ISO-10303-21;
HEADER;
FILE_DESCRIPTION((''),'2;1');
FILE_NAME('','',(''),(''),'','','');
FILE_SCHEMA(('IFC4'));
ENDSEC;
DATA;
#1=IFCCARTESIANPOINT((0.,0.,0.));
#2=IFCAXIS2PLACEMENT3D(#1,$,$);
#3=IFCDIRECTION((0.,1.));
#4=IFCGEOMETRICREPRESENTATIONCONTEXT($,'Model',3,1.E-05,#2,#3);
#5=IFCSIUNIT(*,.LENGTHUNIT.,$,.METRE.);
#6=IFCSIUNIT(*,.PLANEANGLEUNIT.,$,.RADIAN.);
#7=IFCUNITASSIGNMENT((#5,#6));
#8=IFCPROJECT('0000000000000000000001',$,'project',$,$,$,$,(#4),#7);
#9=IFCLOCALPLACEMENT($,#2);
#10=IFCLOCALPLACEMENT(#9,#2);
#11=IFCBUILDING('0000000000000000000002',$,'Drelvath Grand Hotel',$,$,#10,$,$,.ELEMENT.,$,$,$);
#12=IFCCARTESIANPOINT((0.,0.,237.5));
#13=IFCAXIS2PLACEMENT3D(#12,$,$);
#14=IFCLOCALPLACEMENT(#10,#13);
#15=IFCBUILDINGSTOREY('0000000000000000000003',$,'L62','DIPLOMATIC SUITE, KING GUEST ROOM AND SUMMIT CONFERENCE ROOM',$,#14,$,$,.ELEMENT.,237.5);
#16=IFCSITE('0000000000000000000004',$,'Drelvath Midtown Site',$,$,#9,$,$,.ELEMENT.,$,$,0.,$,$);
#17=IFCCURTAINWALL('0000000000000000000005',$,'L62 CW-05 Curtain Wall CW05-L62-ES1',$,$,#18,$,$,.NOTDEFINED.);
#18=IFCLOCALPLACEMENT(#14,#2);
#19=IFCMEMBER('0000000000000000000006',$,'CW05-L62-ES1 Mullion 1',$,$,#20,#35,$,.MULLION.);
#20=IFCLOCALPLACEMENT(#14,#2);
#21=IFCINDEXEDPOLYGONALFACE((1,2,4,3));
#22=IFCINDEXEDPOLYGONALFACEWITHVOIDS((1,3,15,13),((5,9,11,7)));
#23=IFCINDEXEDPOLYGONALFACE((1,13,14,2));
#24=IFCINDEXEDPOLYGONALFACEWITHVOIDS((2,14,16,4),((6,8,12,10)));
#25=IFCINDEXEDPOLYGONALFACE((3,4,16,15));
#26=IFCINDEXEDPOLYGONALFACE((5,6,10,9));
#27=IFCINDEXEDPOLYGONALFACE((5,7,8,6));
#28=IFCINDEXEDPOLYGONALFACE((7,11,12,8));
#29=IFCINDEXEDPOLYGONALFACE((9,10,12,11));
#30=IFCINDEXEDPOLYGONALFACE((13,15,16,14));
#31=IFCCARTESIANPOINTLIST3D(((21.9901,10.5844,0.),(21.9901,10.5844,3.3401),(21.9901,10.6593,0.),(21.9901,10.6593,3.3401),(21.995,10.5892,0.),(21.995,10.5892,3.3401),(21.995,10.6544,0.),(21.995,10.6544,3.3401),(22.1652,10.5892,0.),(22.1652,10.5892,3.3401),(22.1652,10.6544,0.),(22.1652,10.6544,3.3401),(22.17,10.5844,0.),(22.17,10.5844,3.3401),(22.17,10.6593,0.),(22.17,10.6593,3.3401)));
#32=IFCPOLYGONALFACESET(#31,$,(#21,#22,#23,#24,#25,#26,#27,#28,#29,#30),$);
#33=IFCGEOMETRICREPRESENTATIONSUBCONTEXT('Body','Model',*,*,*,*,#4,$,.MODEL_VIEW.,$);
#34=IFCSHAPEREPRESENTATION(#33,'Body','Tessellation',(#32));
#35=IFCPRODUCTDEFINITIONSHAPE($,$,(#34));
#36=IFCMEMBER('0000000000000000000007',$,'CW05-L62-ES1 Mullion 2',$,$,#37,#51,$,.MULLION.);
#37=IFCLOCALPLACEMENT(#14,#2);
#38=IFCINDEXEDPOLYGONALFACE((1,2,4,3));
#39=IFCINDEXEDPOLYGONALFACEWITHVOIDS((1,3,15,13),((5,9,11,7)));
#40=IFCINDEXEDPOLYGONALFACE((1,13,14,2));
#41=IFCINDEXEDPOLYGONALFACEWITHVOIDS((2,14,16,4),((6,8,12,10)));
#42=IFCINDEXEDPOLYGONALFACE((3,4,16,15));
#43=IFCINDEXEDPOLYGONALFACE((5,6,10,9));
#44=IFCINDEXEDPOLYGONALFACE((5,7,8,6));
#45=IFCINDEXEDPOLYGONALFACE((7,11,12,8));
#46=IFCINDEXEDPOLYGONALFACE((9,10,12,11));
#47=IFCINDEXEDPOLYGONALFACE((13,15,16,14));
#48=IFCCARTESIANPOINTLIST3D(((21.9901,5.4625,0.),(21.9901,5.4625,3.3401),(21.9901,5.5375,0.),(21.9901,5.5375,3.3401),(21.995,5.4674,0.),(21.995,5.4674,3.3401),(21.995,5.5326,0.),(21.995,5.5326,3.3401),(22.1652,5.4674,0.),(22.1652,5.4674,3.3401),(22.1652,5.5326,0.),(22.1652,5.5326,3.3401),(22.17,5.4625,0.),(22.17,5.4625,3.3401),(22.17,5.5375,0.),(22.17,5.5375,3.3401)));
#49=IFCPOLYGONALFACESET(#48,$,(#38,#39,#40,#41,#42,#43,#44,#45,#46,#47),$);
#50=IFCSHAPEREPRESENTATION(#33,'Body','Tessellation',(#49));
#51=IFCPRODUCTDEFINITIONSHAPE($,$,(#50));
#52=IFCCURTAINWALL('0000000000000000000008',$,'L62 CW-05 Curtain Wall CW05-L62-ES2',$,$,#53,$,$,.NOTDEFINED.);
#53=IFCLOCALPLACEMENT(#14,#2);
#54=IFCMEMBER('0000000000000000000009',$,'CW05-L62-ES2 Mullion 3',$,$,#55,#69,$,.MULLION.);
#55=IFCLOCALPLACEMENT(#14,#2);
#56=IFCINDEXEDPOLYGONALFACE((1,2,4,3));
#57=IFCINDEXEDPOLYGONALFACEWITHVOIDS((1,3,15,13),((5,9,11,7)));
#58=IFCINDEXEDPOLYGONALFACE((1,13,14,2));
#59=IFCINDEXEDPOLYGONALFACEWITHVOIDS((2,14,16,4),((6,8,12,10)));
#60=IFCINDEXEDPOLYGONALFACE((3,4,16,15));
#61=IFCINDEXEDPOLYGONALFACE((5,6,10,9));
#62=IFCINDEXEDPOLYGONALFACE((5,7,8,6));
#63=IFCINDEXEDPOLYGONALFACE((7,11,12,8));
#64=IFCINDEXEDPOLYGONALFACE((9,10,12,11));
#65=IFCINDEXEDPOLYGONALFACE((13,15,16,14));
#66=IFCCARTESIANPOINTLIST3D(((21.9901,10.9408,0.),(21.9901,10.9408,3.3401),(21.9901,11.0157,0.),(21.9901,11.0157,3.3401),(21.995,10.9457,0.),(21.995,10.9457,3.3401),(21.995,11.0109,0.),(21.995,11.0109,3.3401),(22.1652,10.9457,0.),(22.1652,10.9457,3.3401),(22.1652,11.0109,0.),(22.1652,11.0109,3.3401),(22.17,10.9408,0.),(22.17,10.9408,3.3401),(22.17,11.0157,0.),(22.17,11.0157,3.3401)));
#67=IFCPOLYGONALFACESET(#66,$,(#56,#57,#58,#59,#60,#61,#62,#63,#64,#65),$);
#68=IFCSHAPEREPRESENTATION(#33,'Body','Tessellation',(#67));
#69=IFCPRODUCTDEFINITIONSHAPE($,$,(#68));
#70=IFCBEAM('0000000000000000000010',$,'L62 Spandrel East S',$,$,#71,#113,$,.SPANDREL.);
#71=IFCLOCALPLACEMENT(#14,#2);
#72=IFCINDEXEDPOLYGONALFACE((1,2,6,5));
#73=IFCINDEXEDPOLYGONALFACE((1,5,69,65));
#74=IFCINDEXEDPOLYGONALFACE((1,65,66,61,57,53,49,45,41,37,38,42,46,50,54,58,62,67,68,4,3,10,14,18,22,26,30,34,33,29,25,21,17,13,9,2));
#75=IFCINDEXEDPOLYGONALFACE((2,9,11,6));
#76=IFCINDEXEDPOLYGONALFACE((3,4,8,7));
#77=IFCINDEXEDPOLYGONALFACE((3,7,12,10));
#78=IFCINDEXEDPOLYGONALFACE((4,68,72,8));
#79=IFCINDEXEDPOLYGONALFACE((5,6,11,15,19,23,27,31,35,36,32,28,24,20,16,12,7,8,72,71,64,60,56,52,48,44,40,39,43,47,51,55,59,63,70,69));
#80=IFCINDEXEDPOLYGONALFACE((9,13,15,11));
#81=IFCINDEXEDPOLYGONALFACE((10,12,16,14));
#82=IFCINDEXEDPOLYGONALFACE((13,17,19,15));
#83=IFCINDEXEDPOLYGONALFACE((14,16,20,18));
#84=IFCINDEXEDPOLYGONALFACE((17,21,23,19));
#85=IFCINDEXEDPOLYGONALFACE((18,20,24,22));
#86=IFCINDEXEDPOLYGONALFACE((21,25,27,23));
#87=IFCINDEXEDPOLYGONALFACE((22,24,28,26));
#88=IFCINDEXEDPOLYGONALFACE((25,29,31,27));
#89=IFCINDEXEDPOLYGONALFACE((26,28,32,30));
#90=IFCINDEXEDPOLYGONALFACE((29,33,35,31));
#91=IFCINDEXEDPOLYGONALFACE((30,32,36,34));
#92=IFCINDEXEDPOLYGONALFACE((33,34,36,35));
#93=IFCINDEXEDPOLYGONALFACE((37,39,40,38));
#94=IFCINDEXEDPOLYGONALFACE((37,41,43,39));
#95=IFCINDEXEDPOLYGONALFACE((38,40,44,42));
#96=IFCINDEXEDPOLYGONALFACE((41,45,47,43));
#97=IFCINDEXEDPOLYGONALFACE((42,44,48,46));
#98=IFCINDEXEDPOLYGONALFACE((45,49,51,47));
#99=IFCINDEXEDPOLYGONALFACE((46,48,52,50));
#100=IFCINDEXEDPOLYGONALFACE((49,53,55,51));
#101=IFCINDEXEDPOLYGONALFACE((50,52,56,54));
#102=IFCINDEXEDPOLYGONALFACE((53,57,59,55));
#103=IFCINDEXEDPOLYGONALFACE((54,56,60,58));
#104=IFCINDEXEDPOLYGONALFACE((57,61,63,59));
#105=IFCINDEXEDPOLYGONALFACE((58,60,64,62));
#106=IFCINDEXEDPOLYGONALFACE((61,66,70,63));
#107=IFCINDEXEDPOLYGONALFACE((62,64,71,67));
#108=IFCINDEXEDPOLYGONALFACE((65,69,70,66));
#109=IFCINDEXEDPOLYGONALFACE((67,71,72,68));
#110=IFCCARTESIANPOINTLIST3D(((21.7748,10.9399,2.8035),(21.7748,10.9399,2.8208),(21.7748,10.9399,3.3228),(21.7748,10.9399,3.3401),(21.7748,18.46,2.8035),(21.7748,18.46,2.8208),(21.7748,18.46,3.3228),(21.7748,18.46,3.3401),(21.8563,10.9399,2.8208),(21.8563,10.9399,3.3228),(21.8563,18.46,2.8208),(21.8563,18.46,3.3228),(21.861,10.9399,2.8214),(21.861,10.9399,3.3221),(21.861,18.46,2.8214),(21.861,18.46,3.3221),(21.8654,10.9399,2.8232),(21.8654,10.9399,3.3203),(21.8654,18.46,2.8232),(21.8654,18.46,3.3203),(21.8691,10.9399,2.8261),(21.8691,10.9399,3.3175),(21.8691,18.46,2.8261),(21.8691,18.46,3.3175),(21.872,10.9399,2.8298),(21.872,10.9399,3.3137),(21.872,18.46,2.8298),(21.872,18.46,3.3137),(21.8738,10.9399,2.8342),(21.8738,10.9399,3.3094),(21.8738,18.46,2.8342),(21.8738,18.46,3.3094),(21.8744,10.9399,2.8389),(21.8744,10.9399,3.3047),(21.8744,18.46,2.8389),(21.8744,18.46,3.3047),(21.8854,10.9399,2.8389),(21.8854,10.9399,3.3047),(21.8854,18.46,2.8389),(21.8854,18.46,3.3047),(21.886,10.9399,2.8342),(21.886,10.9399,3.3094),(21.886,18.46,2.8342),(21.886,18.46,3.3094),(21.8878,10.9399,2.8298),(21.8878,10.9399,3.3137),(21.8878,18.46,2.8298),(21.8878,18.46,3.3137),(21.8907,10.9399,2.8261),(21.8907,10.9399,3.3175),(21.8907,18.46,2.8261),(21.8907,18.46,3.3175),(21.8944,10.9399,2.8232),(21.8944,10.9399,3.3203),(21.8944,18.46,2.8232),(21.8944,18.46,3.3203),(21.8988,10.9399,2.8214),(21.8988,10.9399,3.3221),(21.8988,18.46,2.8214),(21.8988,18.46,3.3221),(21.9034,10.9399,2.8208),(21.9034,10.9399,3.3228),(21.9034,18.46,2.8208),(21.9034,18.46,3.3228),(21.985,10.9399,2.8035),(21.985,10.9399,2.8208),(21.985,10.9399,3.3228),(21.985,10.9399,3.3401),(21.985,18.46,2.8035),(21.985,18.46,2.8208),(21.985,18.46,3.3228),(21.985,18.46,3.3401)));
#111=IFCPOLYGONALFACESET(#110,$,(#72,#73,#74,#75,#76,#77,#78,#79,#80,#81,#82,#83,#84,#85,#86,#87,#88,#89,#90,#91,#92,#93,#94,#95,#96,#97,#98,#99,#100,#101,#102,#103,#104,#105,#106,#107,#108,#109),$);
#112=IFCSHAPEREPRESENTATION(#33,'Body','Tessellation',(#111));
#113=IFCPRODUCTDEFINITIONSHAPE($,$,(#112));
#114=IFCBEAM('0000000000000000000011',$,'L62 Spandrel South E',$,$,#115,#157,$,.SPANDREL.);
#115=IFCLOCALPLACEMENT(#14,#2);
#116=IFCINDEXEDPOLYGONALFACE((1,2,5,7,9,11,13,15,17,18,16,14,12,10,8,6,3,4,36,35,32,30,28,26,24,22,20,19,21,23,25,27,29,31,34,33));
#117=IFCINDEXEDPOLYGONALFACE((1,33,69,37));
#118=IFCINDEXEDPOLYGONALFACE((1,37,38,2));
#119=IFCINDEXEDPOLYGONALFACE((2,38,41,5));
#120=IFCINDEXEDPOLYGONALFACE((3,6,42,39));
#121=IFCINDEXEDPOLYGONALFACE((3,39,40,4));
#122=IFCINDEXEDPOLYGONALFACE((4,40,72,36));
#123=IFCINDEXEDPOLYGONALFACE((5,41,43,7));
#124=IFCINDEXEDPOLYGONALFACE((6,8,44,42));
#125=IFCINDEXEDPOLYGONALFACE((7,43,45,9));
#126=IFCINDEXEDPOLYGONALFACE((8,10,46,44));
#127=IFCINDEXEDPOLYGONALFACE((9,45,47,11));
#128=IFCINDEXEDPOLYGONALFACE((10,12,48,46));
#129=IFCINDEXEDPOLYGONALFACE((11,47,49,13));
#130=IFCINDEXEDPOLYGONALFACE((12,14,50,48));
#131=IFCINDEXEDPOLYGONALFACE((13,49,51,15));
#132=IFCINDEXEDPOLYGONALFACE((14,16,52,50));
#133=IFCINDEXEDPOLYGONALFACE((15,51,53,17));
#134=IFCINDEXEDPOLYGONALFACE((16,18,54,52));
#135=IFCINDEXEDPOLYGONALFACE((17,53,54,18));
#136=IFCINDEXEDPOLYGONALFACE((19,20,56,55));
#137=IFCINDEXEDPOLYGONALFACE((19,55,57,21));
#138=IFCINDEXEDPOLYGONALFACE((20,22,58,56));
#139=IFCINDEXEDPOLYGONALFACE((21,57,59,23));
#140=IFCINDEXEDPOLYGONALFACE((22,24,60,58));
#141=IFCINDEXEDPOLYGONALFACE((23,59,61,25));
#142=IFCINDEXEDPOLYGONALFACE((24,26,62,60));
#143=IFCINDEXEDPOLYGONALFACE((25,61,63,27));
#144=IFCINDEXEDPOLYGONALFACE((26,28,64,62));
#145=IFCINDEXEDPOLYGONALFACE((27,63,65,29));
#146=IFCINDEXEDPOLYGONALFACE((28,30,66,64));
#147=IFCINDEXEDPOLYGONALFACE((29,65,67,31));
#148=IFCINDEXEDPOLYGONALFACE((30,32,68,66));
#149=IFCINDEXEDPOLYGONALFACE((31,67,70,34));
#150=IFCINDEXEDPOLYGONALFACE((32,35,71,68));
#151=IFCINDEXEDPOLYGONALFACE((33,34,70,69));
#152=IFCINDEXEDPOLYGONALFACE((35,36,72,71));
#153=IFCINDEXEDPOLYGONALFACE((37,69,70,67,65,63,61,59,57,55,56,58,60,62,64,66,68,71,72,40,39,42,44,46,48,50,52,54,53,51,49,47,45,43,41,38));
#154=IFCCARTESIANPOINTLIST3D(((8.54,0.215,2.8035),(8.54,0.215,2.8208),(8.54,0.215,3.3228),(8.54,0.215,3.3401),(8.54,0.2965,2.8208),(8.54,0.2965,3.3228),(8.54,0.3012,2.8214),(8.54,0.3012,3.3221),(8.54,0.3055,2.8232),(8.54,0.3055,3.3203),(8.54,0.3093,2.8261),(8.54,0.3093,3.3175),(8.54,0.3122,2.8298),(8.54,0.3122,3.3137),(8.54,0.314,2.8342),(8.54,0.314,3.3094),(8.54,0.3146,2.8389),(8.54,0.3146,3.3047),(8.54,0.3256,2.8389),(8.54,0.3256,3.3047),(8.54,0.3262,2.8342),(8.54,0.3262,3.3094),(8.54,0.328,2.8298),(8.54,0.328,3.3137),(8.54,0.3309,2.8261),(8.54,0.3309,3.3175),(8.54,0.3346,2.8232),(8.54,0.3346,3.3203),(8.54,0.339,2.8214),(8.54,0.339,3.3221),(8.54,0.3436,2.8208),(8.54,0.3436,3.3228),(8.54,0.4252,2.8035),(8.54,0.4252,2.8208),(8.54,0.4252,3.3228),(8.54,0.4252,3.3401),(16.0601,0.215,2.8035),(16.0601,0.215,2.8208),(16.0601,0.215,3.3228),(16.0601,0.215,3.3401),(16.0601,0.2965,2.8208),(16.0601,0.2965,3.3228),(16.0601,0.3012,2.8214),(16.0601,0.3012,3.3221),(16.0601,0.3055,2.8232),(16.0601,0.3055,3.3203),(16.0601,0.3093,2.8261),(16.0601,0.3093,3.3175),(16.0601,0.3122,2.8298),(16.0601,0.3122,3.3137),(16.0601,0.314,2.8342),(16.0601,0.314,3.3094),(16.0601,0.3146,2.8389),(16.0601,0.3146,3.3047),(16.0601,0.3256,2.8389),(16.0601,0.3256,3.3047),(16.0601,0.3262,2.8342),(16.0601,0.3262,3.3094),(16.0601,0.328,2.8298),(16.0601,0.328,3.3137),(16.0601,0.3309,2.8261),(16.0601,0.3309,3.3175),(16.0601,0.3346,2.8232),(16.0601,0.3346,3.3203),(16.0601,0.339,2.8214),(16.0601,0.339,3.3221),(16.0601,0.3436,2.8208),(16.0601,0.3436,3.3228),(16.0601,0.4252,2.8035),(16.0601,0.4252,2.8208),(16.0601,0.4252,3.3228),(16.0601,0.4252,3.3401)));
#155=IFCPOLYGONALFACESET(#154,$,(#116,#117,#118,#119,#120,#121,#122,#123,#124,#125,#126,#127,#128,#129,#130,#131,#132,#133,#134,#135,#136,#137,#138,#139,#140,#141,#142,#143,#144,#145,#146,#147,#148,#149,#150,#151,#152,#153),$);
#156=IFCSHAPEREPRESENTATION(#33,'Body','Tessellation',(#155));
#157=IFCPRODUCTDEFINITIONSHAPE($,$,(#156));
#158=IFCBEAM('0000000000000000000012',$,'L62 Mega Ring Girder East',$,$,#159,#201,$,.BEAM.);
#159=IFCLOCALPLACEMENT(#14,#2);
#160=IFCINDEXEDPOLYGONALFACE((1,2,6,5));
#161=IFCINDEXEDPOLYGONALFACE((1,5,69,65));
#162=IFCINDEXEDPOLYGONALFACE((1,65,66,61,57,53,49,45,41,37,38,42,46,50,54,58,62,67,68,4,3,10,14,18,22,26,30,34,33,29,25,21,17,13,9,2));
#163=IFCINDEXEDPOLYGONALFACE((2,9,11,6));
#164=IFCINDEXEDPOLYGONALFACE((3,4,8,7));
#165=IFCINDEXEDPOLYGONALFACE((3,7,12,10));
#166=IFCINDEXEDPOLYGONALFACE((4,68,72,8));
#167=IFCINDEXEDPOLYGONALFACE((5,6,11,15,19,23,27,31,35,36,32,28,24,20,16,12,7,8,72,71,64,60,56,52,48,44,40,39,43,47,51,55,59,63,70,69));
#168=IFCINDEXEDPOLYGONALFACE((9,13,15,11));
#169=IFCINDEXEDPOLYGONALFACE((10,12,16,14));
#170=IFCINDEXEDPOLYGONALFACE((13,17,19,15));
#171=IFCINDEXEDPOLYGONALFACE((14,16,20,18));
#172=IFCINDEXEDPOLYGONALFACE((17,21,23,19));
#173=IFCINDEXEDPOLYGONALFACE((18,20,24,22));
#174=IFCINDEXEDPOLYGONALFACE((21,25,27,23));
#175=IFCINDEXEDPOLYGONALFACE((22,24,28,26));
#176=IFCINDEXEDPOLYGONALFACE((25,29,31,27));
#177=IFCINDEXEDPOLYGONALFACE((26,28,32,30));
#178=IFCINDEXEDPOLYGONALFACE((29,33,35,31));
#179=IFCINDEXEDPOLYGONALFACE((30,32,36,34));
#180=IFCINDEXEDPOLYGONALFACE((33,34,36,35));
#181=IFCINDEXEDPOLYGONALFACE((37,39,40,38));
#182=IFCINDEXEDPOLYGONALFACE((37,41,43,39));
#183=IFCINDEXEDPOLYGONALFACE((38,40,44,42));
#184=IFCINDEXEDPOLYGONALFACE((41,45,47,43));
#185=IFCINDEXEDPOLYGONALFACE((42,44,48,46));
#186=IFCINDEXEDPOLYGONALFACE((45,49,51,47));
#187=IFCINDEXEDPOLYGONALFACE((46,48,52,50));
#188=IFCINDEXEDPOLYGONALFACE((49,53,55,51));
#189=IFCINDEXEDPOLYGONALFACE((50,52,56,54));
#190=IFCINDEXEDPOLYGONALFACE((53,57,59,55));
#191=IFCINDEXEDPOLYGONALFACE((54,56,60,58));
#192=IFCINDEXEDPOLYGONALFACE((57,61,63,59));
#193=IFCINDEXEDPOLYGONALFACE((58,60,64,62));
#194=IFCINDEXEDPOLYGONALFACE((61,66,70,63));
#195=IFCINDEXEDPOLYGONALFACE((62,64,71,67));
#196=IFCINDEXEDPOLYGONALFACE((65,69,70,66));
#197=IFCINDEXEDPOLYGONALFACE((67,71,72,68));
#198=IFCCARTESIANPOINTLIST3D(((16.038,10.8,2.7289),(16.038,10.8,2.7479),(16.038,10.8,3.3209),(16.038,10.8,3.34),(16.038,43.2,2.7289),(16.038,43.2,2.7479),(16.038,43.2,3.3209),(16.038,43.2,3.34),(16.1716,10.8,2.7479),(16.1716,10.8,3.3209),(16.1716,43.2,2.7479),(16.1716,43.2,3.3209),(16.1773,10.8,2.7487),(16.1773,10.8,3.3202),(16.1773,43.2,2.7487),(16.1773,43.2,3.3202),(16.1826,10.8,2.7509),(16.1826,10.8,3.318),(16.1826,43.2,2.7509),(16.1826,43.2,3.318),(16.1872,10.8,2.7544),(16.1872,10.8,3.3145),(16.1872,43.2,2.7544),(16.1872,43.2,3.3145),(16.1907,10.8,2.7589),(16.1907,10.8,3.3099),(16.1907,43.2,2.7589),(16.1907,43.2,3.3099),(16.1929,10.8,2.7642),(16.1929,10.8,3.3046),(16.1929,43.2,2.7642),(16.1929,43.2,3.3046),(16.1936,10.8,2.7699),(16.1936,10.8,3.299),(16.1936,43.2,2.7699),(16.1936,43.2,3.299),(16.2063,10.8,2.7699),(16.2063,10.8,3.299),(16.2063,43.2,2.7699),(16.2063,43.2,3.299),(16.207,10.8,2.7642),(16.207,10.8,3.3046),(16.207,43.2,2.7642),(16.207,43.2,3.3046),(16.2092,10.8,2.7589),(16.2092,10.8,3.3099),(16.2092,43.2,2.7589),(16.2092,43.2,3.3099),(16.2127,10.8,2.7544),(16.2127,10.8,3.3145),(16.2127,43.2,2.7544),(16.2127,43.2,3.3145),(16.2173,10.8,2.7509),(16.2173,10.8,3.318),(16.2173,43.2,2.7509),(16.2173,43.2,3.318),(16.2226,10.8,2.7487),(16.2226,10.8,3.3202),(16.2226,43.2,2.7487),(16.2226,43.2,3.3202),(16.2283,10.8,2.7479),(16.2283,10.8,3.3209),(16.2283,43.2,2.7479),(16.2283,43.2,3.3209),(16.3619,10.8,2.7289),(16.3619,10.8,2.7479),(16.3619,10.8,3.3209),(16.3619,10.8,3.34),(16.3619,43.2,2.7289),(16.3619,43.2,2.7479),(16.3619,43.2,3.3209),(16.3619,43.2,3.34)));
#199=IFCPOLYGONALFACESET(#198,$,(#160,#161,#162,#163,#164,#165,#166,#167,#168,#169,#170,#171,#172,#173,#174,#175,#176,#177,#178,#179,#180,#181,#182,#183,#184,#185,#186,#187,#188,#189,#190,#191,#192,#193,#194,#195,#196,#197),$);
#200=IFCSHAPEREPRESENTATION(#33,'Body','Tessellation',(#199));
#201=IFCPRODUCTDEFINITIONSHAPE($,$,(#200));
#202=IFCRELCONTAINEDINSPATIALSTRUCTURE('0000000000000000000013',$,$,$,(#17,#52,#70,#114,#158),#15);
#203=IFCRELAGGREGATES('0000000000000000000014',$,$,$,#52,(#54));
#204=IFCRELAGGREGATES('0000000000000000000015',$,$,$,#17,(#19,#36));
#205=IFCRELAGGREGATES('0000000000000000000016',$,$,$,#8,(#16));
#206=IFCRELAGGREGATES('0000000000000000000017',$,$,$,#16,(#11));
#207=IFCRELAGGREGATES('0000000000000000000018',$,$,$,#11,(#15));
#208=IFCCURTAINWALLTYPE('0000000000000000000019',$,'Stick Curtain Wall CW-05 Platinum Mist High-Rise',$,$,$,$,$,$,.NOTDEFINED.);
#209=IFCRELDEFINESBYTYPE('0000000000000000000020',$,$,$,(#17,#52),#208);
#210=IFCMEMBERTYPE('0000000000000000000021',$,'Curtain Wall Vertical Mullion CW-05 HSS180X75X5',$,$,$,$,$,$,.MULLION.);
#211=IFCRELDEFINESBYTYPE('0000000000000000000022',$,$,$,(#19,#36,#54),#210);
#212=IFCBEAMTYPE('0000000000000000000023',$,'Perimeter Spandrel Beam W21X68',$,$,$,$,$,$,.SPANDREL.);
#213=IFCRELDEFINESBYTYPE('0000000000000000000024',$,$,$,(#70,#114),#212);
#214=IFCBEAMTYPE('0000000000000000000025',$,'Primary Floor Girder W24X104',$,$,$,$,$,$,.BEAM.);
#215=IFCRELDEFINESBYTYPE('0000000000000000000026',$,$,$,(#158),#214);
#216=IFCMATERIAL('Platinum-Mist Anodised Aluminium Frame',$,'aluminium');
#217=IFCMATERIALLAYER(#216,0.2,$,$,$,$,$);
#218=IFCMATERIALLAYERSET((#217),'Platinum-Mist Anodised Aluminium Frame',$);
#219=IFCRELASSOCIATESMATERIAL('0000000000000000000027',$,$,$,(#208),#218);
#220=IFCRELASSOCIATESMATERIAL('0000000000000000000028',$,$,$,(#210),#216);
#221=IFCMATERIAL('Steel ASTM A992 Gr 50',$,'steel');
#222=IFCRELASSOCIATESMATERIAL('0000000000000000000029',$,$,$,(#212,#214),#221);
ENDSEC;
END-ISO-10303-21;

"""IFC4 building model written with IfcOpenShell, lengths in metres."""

from ifc_helpers import new_model, si_unit, direction, frame, origin, origin_2d, place, context, subcontext, project, spatial, hollow_rectangle, i_section, extrude, material, layer, layer_set, material_profile, profile_set, type_object, element, aggregate, save


model = new_model("IFC4")

# Units and contexts
model_context = context("Model", 3, precision=1e-05, world=origin(), true_north=direction((0.0, 1.0)))
body_context = subcontext(model_context, "Body", "Model", "MODEL_VIEW")
ifc_project = project(units=[si_unit("LENGTHUNIT", "METRE"), si_unit("PLANEANGLEUNIT", "RADIAN")], contexts=[model_context])

# Site, building, storey
site_placement = place(None, origin())
site = spatial("IfcSite", under=ifc_project, at=site_placement, Name="Drelvath Midtown Site", CompositionType="ELEMENT", RefElevation=0.0)
building_placement = place(site_placement, origin())
building = spatial("IfcBuilding", under=site, at=building_placement, Name="Drelvath Grand Hotel", CompositionType="ELEMENT")
storey_placement = place(building_placement, frame((0.0, 0.0, 237.5)))
storey = spatial("IfcBuildingStorey", under=building, at=storey_placement, Name="L62", Description="DIPLOMATIC SUITE, KING GUEST ROOM AND SUMMIT CONFERENCE ROOM", CompositionType="ELEMENT", Elevation=237.5)

# Shared definitions
ifc_material_1 = material(Name="Steel ASTM A992 Gr 50", Category="steel")

# Curtain wall, members
ifc_material_2 = material(Name="Platinum-Mist Anodised Aluminium Frame", Category="aluminium")
ifc_layer_1 = layer(ifc_material_2, 0.2)
ifc_layer_set_1 = layer_set([ifc_layer_1], Name="Platinum-Mist Anodised Aluminium Frame")
curtain_wall_type = type_object("IfcCurtainWallType", Name="Stick Curtain Wall CW-05 Platinum Mist High-Rise", PredefinedType="NOTDEFINED", material=ifc_layer_set_1)
curtain_wall_1_placement = place(storey_placement, origin())
curtain_wall_1 = element("IfcCurtainWall", 1, at=curtain_wall_1_placement, inside=storey, type_object=curtain_wall_type, Name="L62 CW-05 Curtain Wall CW05-L62-ES1", PredefinedType="NOTDEFINED")
ifc_material_profile_1 = material_profile(ifc_material_2, hollow_rectangle(XDim=0.075, YDim=0.1799, WallThickness=0.0049, at=origin_2d()), Name="HSS180X75X5")
ifc_profile_set_1 = profile_set([ifc_material_profile_1], Name="Platinum-Mist Anodised Aluminium Frame")
member_type_1 = type_object("IfcMemberType", Name="Curtain Wall Vertical Mullion CW-05 HSS180X75X5", PredefinedType="MULLION", material=ifc_profile_set_1)
member_1_placement = place(storey_placement, frame((22.0801, 10.6218, 0.0), z_axis=(0.0, 0.0, 1.0), x_axis=(0.0, 1.0, 0.0)))
member_1 = element("IfcMember", 2, at=member_1_placement, type_object=member_type_1, Name="CW05-L62-ES1 Mullion 1", PredefinedType="MULLION", context=body_context, shape_type="SweptSolid", body=[
    extrude(hollow_rectangle(XDim=0.075, YDim=0.1799, WallThickness=0.0049, at=origin_2d()), origin(), (0.0, 0.0, 1.0), 3.3401),
])
member_2_placement = place(storey_placement, frame((22.0801, 5.5, 0.0), z_axis=(0.0, 0.0, 1.0), x_axis=(0.0, 1.0, 0.0)))
member_2 = element("IfcMember", 3, at=member_2_placement, type_object=member_type_1, Name="CW05-L62-ES1 Mullion 2", PredefinedType="MULLION", context=body_context, shape_type="SweptSolid", body=[
    extrude(hollow_rectangle(XDim=0.075, YDim=0.1799, WallThickness=0.0049, at=origin_2d()), origin(), (0.0, 0.0, 1.0), 3.3401),
])

# Curtain wall, member
curtain_wall_2_placement = place(storey_placement, origin())
curtain_wall_2 = element("IfcCurtainWall", 4, at=curtain_wall_2_placement, inside=storey, type_object=curtain_wall_type, Name="L62 CW-05 Curtain Wall CW05-L62-ES2", PredefinedType="NOTDEFINED")
member_3_placement = place(storey_placement, frame((22.0801, 10.9783, 0.0), z_axis=(0.0, 0.0, 1.0), x_axis=(0.0, 1.0, 0.0)))
member_3 = element("IfcMember", 5, at=member_3_placement, type_object=member_type_1, Name="CW05-L62-ES2 Mullion 3", PredefinedType="MULLION", context=body_context, shape_type="SweptSolid", body=[
    extrude(hollow_rectangle(XDim=0.075, YDim=0.1799, WallThickness=0.0049, at=origin_2d()), origin(), (0.0, 0.0, 1.0), 3.3401),
])
aggregate(curtain_wall_2, [member_3])

# Beams
ifc_material_profile_2 = material_profile(ifc_material_1, i_section(OverallWidth=0.2102, OverallDepth=0.5366, WebThickness=0.011, FlangeThickness=0.0173, FilletRadius=0.0181, at=origin_2d()), Name="W21X68")
ifc_profile_set_2 = profile_set([ifc_material_profile_2], Name="Steel ASTM A992 Gr 50")
beam_type_1 = type_object("IfcBeamType", Name="Perimeter Spandrel Beam W21X68", PredefinedType="SPANDREL", material=ifc_profile_set_2)
for number, where, z_axis, x_axis, name in (
    (6, (21.8799, 10.9399, 3.0718), (0.0, 1.0, 0.0), (-1.0, 0.0, 0.0), "L62 Spandrel East S"),
    (7, (8.54, 0.3201, 3.0718), (1.0, 0.0, 0.0), (0.0, 1.0, 0.0), "L62 Spandrel South E"),
):
    element("IfcBeam", number, at=place(storey_placement, frame(where, z_axis=z_axis, x_axis=x_axis)), inside=storey, type_object=beam_type_1, Name=name, PredefinedType="SPANDREL", context=body_context, shape_type="SweptSolid", body=[
        extrude(i_section(OverallWidth=0.2102, OverallDepth=0.5366, WebThickness=0.011, FlangeThickness=0.0173, FilletRadius=0.0181, at=origin_2d()), origin(), (0.0, 0.0, 1.0), 7.52),
    ])
ifc_material_profile_3 = material_profile(ifc_material_1, i_section(OverallWidth=0.324, OverallDepth=0.6111, WebThickness=0.0127, FlangeThickness=0.019, FilletRadius=0.022, at=origin_2d()), Name="W24X104")
ifc_profile_set_3 = profile_set([ifc_material_profile_3], Name="Steel ASTM A992 Gr 50")
beam_type_2 = type_object("IfcBeamType", Name="Primary Floor Girder W24X104", PredefinedType="BEAM", material=ifc_profile_set_3)
beam_1_placement = place(storey_placement, frame((16.2, 10.8, 3.0344), z_axis=(0.0, 1.0, 0.0), x_axis=(-1.0, 0.0, 0.0)))
element("IfcBeam", 8, at=beam_1_placement, inside=storey, type_object=beam_type_2, Name="L62 Mega Ring Girder East", PredefinedType="BEAM", context=body_context, shape_type="SweptSolid", body=[
    extrude(i_section(OverallWidth=0.324, OverallDepth=0.6111, WebThickness=0.0127, FlangeThickness=0.019, FilletRadius=0.022, at=origin_2d()), origin(), (0.0, 0.0, 1.0), 32.3999),
])

aggregate(curtain_wall_1, [member_1, member_2])

save(model, "model.ifc")
